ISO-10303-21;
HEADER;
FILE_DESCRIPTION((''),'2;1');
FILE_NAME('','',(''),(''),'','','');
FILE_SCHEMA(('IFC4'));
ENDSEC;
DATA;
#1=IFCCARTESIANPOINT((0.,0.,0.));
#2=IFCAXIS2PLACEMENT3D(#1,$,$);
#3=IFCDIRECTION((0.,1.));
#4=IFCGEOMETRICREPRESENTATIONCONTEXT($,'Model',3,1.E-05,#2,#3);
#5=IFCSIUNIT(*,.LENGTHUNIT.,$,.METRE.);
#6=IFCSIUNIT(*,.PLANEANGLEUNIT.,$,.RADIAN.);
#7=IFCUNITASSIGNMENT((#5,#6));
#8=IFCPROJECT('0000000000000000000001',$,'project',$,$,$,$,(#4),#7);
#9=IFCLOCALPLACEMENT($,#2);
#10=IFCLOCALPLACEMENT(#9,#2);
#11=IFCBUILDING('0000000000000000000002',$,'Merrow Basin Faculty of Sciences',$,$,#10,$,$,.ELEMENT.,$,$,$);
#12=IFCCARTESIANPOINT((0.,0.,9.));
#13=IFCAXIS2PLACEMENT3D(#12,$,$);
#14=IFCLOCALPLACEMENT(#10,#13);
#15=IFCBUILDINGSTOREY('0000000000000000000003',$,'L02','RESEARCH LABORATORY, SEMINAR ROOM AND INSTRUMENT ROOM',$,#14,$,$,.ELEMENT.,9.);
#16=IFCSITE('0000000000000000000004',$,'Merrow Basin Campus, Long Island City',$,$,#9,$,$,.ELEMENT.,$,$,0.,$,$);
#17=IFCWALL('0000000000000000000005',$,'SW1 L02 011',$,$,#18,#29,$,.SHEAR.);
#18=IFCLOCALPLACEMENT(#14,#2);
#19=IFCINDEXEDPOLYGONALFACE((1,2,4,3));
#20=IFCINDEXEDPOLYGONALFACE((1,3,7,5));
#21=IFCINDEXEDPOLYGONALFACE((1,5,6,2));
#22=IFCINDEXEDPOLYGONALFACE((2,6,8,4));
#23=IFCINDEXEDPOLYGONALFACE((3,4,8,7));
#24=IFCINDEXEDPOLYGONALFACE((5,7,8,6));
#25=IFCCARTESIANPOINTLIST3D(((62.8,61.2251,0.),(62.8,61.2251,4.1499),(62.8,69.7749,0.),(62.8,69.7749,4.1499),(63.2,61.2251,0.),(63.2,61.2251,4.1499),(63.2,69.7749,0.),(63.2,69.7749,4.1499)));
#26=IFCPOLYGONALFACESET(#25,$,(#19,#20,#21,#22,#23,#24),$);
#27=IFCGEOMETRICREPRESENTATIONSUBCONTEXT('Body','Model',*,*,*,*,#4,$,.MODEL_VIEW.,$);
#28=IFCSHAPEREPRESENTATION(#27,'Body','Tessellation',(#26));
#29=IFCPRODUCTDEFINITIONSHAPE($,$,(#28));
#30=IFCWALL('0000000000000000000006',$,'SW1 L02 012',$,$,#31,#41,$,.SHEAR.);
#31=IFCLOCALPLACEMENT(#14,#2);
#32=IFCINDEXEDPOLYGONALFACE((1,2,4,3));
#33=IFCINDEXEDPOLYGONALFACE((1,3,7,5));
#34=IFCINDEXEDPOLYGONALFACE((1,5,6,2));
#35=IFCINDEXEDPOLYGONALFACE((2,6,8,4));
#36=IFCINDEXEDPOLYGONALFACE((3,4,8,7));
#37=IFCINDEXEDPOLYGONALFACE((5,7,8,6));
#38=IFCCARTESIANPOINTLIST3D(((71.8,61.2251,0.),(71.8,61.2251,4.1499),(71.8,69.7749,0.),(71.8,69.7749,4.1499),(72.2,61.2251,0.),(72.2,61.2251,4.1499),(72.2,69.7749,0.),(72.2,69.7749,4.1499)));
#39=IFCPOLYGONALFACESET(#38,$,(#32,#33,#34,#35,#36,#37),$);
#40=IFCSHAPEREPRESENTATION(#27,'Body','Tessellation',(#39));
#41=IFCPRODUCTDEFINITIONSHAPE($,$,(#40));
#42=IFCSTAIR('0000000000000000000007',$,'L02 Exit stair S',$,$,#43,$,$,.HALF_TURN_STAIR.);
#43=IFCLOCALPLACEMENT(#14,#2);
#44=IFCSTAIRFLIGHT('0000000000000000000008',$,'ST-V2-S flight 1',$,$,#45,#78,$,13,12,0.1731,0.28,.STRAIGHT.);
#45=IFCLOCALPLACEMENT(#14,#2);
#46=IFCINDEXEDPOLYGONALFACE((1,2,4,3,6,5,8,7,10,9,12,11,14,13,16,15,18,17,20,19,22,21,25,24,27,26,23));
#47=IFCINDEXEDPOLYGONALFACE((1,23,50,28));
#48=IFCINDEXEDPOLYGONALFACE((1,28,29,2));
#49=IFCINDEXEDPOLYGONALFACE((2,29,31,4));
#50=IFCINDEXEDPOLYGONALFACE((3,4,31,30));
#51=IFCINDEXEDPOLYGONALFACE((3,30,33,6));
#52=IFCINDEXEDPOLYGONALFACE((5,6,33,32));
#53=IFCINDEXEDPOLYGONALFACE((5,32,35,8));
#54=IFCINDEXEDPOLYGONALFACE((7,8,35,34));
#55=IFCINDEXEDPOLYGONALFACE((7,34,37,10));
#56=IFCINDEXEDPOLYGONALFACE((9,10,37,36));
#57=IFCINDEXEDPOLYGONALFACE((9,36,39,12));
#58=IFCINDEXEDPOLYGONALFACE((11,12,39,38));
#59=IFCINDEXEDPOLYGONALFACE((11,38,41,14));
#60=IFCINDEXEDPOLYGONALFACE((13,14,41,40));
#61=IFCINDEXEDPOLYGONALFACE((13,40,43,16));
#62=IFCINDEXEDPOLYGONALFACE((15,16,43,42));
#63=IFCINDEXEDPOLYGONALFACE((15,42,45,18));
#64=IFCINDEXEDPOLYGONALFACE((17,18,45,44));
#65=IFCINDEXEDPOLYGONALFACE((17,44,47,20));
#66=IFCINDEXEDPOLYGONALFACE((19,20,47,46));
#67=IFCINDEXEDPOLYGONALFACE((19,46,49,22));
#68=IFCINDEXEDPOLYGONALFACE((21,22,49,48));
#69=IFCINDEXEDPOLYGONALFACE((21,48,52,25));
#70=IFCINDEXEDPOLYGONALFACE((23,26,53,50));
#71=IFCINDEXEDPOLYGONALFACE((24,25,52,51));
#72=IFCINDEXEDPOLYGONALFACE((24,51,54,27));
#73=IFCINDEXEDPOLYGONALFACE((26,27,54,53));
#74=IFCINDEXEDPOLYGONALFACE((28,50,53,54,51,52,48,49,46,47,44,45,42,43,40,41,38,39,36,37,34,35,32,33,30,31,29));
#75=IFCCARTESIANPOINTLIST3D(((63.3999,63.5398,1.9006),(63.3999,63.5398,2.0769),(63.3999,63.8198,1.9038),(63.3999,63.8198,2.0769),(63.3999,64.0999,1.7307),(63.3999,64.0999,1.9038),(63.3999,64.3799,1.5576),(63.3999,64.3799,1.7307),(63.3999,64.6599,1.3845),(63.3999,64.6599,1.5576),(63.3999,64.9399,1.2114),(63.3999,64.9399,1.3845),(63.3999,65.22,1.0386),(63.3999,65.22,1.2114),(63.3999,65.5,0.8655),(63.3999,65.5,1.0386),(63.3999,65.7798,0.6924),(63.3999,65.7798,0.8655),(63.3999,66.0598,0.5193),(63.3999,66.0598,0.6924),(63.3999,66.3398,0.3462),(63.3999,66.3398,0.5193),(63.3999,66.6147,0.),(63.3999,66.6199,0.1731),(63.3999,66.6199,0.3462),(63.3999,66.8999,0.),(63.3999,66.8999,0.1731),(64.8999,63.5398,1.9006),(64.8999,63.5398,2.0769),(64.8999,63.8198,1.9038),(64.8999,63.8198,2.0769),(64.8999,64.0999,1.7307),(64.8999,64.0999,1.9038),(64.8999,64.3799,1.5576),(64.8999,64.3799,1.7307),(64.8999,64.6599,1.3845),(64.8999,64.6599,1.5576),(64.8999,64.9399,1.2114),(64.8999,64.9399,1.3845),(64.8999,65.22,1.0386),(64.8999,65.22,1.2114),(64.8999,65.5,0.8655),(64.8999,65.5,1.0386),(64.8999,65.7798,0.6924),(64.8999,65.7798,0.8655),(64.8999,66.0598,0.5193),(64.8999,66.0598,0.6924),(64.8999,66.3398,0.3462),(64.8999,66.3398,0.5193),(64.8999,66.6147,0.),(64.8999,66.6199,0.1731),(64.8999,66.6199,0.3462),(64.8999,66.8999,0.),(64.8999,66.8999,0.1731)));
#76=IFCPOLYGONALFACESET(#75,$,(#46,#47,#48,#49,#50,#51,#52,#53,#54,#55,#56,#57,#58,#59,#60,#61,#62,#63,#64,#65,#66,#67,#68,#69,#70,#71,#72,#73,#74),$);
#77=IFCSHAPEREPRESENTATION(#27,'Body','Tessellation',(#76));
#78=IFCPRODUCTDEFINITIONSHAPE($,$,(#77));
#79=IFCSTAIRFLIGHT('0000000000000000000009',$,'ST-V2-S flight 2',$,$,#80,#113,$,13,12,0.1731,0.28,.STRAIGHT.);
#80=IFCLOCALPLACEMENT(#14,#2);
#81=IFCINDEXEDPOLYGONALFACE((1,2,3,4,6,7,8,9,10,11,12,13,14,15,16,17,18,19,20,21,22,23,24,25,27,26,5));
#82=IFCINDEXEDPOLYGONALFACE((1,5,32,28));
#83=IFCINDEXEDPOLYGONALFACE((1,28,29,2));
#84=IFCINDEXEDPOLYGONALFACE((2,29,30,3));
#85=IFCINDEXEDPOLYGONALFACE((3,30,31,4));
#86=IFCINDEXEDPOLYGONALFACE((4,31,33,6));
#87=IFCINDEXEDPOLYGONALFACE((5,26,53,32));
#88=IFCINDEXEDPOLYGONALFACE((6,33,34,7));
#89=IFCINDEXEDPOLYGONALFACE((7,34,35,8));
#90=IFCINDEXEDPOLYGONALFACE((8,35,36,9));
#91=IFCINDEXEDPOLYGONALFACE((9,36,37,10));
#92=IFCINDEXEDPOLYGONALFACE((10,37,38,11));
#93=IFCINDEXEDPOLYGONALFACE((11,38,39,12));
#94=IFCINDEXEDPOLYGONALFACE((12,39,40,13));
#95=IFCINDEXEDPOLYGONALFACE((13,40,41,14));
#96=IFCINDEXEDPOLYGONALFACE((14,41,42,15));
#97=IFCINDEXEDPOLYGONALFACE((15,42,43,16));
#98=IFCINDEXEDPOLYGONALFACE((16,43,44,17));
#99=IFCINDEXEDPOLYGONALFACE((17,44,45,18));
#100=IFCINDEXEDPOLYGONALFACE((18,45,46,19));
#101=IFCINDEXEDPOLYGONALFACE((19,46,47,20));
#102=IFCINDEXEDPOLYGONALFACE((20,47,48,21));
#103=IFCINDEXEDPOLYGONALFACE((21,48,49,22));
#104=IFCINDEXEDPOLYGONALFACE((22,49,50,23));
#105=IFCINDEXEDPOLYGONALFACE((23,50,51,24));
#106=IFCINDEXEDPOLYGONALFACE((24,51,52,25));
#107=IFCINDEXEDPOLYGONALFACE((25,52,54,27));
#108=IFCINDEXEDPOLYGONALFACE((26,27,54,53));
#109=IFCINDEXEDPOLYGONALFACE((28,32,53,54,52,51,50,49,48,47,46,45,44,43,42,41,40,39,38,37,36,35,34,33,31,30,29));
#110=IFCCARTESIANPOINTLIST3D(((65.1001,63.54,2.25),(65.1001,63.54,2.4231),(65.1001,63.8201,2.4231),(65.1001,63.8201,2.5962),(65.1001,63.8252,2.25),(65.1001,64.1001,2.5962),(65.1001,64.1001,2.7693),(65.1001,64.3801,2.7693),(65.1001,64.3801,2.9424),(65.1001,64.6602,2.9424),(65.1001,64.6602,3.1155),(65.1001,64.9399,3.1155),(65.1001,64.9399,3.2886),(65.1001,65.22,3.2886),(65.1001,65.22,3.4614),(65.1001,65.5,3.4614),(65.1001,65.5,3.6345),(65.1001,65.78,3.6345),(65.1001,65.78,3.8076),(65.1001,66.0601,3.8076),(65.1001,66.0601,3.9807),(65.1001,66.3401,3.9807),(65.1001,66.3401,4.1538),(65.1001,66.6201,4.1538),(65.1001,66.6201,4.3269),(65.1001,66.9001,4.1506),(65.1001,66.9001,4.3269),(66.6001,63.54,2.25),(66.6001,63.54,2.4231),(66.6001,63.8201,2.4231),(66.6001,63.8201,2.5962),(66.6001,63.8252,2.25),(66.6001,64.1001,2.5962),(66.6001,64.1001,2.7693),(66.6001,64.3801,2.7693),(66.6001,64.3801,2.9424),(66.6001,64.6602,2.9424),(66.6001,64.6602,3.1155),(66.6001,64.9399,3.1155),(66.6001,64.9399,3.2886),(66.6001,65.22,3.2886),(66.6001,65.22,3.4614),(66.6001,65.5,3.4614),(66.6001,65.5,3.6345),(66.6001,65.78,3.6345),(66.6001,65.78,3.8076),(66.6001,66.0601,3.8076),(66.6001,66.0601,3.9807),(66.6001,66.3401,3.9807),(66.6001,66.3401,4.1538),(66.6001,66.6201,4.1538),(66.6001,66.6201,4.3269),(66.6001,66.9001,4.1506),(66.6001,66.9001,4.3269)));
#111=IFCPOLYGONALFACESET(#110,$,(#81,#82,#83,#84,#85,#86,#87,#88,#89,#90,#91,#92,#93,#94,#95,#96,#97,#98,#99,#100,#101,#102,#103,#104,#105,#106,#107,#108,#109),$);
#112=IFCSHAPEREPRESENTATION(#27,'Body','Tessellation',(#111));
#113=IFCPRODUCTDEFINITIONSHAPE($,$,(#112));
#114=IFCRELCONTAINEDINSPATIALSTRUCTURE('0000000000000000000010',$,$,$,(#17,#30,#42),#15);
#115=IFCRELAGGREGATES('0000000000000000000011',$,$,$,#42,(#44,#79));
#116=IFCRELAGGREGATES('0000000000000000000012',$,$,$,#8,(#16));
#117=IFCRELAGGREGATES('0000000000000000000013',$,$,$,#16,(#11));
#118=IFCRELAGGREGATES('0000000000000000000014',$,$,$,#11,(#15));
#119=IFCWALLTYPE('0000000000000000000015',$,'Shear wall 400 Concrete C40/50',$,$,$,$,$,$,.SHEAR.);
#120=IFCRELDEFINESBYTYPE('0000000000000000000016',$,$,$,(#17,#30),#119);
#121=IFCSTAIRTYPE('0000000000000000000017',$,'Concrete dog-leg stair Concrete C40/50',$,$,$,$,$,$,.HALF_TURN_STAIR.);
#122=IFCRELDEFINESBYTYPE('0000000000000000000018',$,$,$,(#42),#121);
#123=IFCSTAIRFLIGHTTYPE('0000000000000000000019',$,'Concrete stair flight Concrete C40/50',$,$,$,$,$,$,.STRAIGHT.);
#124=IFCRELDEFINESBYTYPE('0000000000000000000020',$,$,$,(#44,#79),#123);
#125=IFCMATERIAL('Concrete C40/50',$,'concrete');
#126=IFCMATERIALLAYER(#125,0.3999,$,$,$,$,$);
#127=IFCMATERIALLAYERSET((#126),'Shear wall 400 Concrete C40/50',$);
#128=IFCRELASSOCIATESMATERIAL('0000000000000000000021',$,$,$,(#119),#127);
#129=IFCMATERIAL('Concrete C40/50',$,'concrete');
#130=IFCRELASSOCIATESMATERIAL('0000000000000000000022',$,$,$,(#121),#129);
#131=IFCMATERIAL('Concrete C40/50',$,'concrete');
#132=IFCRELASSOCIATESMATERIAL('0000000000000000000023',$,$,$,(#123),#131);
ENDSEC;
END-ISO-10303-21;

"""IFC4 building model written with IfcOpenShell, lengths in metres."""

from ifc_helpers import new_model, si_unit, direction, frame, frame_2d, origin, place, context, subcontext, project, spatial, polyline, rectangle, outline, extrude, material, layer, layer_set, type_object, element, aggregate, save


model = new_model("IFC4")

# Units and contexts
model_context = context("Model", 3, precision=1e-05, world=origin(), true_north=direction((0.0, 1.0)))
body_context = subcontext(model_context, "Body", "Model", "MODEL_VIEW")
ifc_project = project(units=[si_unit("LENGTHUNIT", "METRE"), si_unit("PLANEANGLEUNIT", "RADIAN")], contexts=[model_context])

# Site, building, storey
site_placement = place(None, origin())
site = spatial("IfcSite", under=ifc_project, at=site_placement, Name="Merrow Basin Campus, Long Island City", CompositionType="ELEMENT", RefElevation=0.0)
building_placement = place(site_placement, origin())
building = spatial("IfcBuilding", under=site, at=building_placement, Name="Merrow Basin Faculty of Sciences", CompositionType="ELEMENT")
storey_placement = place(building_placement, frame((0.0, 0.0, 9.0)))
storey = spatial("IfcBuildingStorey", under=building, at=storey_placement, Name="L02", Description="RESEARCH LABORATORY, SEMINAR ROOM AND INSTRUMENT ROOM", CompositionType="ELEMENT", Elevation=9.0)

# Walls
ifc_material_1 = material(Name="Concrete C40/50", Category="concrete")
ifc_layer_1 = layer(ifc_material_1, 0.3999)
ifc_layer_set_1 = layer_set([ifc_layer_1], Name="Shear wall 400 Concrete C40/50")
wall_type_1 = type_object("IfcWallType", Name="Shear wall 400 Concrete C40/50", PredefinedType="SHEAR", material=ifc_layer_set_1)
for number, where, z_axis, x_axis, name in (
    (1, (63.0, 61.2251, 0.0), (0.0, 0.0, 1.0), (0.0, 1.0, 0.0), "SW1 L02 011"),
    (2, (72.0, 61.2251, 0.0), (0.0, 0.0, 1.0), (0.0, 1.0, 0.0), "SW1 L02 012"),
):
    element("IfcWall", number, at=place(storey_placement, frame(where, z_axis=z_axis, x_axis=x_axis)), inside=storey, type_object=wall_type_1, Name=name, PredefinedType="SHEAR", context=body_context, shape_type="SweptSolid", body=[
        extrude(rectangle(XDim=8.5498, YDim=0.3999, at=frame_2d((4.2749, 0.0))), origin(), (0.0, 0.0, 1.0), 4.1499),
    ])

# Stair, stair flights
ifc_material_2 = material(Name="Concrete C40/50", Category="concrete")
stair_type = type_object("IfcStairType", Name="Concrete dog-leg stair Concrete C40/50", PredefinedType="HALF_TURN_STAIR", material=ifc_material_2)
stair_placement = place(storey_placement, origin())
stair = element("IfcStair", 3, at=stair_placement, inside=storey, type_object=stair_type, Name="L02 Exit stair S", PredefinedType="HALF_TURN_STAIR")
ifc_material_3 = material(Name="Concrete C40/50", Category="concrete")
stair_flight_type = type_object("IfcStairFlightType", Name="Concrete stair flight Concrete C40/50", PredefinedType="STRAIGHT", material=ifc_material_3)
stair_flight_1_placement = place(storey_placement, frame((64.1499, 66.8999, 0.0), z_axis=(0.0, 0.0, 1.0), x_axis=(0.0, -1.0, 0.0)))
stair_flight_1 = element("IfcStairFlight", 4, at=stair_flight_1_placement, type_object=stair_flight_type, Name="ST-V2-S flight 1", NumberOfRisers=13, NumberOfTreads=12, PredefinedType="STRAIGHT", RiserHeight=0.1731, TreadLength=0.28, context=body_context, shape_type="SweptSolid", body=[
    extrude(outline(polyline([(0.0, 0.0), (0.0, 0.1731), (0.28, 0.1731), (0.28, 0.3462), (0.5601, 0.3462), (0.5601, 0.5193), (0.8401, 0.5193), (0.8401, 0.6924), (1.1201, 0.6924), (1.1201, 0.8655), (1.3999, 0.8655), (1.3999, 1.0386), (1.6799, 1.0386), (1.6799, 1.2114), (1.96, 1.2114), (1.96, 1.3845), (2.24, 1.3845), (2.24, 1.5576), (2.52, 1.5576), (2.52, 1.7307), (2.8, 1.7307), (2.8, 1.9038), (3.0801, 1.9038), (3.0801, 2.0769), (3.3601, 2.0769), (3.3601, 2.25), (3.3601, 1.9006), (0.2852, 0.0), (0.0, 0.0)])), frame((0.0, 0.75, 0.0), z_axis=(0.0, -1.0, 0.0), x_axis=(1.0, 0.0, 0.0)), (0.0, 0.0, 1.0), 1.5),
])
stair_flight_2_placement = place(storey_placement, frame((65.8501, 63.54, 2.25), z_axis=(0.0, 0.0, 1.0), x_axis=(0.0, 1.0, 0.0)))
stair_flight_2 = element("IfcStairFlight", 5, at=stair_flight_2_placement, type_object=stair_flight_type, Name="ST-V2-S flight 2", NumberOfRisers=13, NumberOfTreads=12, PredefinedType="STRAIGHT", RiserHeight=0.1731, TreadLength=0.28, context=body_context, shape_type="SweptSolid", body=[
    extrude(outline(polyline([(0.0, 0.0), (0.0, 0.1731), (0.28, 0.1731), (0.28, 0.3462), (0.5601, 0.3462), (0.5601, 0.5193), (0.8401, 0.5193), (0.8401, 0.6924), (1.1201, 0.6924), (1.1201, 0.8655), (1.3999, 0.8655), (1.3999, 1.0386), (1.6799, 1.0386), (1.6799, 1.2114), (1.96, 1.2114), (1.96, 1.3845), (2.24, 1.3845), (2.24, 1.5576), (2.52, 1.5576), (2.52, 1.7307), (2.8, 1.7307), (2.8, 1.9038), (3.0801, 1.9038), (3.0801, 2.0769), (3.3601, 2.0769), (3.3601, 2.25), (3.3601, 1.9006), (0.2852, 0.0), (0.0, 0.0)])), frame((0.0, 0.75, 0.0), z_axis=(0.0, -1.0, 0.0), x_axis=(1.0, 0.0, 0.0)), (0.0, 0.0, 1.0), 1.5),
])
aggregate(stair, [stair_flight_1, stair_flight_2])

save(model, "model.ifc")
